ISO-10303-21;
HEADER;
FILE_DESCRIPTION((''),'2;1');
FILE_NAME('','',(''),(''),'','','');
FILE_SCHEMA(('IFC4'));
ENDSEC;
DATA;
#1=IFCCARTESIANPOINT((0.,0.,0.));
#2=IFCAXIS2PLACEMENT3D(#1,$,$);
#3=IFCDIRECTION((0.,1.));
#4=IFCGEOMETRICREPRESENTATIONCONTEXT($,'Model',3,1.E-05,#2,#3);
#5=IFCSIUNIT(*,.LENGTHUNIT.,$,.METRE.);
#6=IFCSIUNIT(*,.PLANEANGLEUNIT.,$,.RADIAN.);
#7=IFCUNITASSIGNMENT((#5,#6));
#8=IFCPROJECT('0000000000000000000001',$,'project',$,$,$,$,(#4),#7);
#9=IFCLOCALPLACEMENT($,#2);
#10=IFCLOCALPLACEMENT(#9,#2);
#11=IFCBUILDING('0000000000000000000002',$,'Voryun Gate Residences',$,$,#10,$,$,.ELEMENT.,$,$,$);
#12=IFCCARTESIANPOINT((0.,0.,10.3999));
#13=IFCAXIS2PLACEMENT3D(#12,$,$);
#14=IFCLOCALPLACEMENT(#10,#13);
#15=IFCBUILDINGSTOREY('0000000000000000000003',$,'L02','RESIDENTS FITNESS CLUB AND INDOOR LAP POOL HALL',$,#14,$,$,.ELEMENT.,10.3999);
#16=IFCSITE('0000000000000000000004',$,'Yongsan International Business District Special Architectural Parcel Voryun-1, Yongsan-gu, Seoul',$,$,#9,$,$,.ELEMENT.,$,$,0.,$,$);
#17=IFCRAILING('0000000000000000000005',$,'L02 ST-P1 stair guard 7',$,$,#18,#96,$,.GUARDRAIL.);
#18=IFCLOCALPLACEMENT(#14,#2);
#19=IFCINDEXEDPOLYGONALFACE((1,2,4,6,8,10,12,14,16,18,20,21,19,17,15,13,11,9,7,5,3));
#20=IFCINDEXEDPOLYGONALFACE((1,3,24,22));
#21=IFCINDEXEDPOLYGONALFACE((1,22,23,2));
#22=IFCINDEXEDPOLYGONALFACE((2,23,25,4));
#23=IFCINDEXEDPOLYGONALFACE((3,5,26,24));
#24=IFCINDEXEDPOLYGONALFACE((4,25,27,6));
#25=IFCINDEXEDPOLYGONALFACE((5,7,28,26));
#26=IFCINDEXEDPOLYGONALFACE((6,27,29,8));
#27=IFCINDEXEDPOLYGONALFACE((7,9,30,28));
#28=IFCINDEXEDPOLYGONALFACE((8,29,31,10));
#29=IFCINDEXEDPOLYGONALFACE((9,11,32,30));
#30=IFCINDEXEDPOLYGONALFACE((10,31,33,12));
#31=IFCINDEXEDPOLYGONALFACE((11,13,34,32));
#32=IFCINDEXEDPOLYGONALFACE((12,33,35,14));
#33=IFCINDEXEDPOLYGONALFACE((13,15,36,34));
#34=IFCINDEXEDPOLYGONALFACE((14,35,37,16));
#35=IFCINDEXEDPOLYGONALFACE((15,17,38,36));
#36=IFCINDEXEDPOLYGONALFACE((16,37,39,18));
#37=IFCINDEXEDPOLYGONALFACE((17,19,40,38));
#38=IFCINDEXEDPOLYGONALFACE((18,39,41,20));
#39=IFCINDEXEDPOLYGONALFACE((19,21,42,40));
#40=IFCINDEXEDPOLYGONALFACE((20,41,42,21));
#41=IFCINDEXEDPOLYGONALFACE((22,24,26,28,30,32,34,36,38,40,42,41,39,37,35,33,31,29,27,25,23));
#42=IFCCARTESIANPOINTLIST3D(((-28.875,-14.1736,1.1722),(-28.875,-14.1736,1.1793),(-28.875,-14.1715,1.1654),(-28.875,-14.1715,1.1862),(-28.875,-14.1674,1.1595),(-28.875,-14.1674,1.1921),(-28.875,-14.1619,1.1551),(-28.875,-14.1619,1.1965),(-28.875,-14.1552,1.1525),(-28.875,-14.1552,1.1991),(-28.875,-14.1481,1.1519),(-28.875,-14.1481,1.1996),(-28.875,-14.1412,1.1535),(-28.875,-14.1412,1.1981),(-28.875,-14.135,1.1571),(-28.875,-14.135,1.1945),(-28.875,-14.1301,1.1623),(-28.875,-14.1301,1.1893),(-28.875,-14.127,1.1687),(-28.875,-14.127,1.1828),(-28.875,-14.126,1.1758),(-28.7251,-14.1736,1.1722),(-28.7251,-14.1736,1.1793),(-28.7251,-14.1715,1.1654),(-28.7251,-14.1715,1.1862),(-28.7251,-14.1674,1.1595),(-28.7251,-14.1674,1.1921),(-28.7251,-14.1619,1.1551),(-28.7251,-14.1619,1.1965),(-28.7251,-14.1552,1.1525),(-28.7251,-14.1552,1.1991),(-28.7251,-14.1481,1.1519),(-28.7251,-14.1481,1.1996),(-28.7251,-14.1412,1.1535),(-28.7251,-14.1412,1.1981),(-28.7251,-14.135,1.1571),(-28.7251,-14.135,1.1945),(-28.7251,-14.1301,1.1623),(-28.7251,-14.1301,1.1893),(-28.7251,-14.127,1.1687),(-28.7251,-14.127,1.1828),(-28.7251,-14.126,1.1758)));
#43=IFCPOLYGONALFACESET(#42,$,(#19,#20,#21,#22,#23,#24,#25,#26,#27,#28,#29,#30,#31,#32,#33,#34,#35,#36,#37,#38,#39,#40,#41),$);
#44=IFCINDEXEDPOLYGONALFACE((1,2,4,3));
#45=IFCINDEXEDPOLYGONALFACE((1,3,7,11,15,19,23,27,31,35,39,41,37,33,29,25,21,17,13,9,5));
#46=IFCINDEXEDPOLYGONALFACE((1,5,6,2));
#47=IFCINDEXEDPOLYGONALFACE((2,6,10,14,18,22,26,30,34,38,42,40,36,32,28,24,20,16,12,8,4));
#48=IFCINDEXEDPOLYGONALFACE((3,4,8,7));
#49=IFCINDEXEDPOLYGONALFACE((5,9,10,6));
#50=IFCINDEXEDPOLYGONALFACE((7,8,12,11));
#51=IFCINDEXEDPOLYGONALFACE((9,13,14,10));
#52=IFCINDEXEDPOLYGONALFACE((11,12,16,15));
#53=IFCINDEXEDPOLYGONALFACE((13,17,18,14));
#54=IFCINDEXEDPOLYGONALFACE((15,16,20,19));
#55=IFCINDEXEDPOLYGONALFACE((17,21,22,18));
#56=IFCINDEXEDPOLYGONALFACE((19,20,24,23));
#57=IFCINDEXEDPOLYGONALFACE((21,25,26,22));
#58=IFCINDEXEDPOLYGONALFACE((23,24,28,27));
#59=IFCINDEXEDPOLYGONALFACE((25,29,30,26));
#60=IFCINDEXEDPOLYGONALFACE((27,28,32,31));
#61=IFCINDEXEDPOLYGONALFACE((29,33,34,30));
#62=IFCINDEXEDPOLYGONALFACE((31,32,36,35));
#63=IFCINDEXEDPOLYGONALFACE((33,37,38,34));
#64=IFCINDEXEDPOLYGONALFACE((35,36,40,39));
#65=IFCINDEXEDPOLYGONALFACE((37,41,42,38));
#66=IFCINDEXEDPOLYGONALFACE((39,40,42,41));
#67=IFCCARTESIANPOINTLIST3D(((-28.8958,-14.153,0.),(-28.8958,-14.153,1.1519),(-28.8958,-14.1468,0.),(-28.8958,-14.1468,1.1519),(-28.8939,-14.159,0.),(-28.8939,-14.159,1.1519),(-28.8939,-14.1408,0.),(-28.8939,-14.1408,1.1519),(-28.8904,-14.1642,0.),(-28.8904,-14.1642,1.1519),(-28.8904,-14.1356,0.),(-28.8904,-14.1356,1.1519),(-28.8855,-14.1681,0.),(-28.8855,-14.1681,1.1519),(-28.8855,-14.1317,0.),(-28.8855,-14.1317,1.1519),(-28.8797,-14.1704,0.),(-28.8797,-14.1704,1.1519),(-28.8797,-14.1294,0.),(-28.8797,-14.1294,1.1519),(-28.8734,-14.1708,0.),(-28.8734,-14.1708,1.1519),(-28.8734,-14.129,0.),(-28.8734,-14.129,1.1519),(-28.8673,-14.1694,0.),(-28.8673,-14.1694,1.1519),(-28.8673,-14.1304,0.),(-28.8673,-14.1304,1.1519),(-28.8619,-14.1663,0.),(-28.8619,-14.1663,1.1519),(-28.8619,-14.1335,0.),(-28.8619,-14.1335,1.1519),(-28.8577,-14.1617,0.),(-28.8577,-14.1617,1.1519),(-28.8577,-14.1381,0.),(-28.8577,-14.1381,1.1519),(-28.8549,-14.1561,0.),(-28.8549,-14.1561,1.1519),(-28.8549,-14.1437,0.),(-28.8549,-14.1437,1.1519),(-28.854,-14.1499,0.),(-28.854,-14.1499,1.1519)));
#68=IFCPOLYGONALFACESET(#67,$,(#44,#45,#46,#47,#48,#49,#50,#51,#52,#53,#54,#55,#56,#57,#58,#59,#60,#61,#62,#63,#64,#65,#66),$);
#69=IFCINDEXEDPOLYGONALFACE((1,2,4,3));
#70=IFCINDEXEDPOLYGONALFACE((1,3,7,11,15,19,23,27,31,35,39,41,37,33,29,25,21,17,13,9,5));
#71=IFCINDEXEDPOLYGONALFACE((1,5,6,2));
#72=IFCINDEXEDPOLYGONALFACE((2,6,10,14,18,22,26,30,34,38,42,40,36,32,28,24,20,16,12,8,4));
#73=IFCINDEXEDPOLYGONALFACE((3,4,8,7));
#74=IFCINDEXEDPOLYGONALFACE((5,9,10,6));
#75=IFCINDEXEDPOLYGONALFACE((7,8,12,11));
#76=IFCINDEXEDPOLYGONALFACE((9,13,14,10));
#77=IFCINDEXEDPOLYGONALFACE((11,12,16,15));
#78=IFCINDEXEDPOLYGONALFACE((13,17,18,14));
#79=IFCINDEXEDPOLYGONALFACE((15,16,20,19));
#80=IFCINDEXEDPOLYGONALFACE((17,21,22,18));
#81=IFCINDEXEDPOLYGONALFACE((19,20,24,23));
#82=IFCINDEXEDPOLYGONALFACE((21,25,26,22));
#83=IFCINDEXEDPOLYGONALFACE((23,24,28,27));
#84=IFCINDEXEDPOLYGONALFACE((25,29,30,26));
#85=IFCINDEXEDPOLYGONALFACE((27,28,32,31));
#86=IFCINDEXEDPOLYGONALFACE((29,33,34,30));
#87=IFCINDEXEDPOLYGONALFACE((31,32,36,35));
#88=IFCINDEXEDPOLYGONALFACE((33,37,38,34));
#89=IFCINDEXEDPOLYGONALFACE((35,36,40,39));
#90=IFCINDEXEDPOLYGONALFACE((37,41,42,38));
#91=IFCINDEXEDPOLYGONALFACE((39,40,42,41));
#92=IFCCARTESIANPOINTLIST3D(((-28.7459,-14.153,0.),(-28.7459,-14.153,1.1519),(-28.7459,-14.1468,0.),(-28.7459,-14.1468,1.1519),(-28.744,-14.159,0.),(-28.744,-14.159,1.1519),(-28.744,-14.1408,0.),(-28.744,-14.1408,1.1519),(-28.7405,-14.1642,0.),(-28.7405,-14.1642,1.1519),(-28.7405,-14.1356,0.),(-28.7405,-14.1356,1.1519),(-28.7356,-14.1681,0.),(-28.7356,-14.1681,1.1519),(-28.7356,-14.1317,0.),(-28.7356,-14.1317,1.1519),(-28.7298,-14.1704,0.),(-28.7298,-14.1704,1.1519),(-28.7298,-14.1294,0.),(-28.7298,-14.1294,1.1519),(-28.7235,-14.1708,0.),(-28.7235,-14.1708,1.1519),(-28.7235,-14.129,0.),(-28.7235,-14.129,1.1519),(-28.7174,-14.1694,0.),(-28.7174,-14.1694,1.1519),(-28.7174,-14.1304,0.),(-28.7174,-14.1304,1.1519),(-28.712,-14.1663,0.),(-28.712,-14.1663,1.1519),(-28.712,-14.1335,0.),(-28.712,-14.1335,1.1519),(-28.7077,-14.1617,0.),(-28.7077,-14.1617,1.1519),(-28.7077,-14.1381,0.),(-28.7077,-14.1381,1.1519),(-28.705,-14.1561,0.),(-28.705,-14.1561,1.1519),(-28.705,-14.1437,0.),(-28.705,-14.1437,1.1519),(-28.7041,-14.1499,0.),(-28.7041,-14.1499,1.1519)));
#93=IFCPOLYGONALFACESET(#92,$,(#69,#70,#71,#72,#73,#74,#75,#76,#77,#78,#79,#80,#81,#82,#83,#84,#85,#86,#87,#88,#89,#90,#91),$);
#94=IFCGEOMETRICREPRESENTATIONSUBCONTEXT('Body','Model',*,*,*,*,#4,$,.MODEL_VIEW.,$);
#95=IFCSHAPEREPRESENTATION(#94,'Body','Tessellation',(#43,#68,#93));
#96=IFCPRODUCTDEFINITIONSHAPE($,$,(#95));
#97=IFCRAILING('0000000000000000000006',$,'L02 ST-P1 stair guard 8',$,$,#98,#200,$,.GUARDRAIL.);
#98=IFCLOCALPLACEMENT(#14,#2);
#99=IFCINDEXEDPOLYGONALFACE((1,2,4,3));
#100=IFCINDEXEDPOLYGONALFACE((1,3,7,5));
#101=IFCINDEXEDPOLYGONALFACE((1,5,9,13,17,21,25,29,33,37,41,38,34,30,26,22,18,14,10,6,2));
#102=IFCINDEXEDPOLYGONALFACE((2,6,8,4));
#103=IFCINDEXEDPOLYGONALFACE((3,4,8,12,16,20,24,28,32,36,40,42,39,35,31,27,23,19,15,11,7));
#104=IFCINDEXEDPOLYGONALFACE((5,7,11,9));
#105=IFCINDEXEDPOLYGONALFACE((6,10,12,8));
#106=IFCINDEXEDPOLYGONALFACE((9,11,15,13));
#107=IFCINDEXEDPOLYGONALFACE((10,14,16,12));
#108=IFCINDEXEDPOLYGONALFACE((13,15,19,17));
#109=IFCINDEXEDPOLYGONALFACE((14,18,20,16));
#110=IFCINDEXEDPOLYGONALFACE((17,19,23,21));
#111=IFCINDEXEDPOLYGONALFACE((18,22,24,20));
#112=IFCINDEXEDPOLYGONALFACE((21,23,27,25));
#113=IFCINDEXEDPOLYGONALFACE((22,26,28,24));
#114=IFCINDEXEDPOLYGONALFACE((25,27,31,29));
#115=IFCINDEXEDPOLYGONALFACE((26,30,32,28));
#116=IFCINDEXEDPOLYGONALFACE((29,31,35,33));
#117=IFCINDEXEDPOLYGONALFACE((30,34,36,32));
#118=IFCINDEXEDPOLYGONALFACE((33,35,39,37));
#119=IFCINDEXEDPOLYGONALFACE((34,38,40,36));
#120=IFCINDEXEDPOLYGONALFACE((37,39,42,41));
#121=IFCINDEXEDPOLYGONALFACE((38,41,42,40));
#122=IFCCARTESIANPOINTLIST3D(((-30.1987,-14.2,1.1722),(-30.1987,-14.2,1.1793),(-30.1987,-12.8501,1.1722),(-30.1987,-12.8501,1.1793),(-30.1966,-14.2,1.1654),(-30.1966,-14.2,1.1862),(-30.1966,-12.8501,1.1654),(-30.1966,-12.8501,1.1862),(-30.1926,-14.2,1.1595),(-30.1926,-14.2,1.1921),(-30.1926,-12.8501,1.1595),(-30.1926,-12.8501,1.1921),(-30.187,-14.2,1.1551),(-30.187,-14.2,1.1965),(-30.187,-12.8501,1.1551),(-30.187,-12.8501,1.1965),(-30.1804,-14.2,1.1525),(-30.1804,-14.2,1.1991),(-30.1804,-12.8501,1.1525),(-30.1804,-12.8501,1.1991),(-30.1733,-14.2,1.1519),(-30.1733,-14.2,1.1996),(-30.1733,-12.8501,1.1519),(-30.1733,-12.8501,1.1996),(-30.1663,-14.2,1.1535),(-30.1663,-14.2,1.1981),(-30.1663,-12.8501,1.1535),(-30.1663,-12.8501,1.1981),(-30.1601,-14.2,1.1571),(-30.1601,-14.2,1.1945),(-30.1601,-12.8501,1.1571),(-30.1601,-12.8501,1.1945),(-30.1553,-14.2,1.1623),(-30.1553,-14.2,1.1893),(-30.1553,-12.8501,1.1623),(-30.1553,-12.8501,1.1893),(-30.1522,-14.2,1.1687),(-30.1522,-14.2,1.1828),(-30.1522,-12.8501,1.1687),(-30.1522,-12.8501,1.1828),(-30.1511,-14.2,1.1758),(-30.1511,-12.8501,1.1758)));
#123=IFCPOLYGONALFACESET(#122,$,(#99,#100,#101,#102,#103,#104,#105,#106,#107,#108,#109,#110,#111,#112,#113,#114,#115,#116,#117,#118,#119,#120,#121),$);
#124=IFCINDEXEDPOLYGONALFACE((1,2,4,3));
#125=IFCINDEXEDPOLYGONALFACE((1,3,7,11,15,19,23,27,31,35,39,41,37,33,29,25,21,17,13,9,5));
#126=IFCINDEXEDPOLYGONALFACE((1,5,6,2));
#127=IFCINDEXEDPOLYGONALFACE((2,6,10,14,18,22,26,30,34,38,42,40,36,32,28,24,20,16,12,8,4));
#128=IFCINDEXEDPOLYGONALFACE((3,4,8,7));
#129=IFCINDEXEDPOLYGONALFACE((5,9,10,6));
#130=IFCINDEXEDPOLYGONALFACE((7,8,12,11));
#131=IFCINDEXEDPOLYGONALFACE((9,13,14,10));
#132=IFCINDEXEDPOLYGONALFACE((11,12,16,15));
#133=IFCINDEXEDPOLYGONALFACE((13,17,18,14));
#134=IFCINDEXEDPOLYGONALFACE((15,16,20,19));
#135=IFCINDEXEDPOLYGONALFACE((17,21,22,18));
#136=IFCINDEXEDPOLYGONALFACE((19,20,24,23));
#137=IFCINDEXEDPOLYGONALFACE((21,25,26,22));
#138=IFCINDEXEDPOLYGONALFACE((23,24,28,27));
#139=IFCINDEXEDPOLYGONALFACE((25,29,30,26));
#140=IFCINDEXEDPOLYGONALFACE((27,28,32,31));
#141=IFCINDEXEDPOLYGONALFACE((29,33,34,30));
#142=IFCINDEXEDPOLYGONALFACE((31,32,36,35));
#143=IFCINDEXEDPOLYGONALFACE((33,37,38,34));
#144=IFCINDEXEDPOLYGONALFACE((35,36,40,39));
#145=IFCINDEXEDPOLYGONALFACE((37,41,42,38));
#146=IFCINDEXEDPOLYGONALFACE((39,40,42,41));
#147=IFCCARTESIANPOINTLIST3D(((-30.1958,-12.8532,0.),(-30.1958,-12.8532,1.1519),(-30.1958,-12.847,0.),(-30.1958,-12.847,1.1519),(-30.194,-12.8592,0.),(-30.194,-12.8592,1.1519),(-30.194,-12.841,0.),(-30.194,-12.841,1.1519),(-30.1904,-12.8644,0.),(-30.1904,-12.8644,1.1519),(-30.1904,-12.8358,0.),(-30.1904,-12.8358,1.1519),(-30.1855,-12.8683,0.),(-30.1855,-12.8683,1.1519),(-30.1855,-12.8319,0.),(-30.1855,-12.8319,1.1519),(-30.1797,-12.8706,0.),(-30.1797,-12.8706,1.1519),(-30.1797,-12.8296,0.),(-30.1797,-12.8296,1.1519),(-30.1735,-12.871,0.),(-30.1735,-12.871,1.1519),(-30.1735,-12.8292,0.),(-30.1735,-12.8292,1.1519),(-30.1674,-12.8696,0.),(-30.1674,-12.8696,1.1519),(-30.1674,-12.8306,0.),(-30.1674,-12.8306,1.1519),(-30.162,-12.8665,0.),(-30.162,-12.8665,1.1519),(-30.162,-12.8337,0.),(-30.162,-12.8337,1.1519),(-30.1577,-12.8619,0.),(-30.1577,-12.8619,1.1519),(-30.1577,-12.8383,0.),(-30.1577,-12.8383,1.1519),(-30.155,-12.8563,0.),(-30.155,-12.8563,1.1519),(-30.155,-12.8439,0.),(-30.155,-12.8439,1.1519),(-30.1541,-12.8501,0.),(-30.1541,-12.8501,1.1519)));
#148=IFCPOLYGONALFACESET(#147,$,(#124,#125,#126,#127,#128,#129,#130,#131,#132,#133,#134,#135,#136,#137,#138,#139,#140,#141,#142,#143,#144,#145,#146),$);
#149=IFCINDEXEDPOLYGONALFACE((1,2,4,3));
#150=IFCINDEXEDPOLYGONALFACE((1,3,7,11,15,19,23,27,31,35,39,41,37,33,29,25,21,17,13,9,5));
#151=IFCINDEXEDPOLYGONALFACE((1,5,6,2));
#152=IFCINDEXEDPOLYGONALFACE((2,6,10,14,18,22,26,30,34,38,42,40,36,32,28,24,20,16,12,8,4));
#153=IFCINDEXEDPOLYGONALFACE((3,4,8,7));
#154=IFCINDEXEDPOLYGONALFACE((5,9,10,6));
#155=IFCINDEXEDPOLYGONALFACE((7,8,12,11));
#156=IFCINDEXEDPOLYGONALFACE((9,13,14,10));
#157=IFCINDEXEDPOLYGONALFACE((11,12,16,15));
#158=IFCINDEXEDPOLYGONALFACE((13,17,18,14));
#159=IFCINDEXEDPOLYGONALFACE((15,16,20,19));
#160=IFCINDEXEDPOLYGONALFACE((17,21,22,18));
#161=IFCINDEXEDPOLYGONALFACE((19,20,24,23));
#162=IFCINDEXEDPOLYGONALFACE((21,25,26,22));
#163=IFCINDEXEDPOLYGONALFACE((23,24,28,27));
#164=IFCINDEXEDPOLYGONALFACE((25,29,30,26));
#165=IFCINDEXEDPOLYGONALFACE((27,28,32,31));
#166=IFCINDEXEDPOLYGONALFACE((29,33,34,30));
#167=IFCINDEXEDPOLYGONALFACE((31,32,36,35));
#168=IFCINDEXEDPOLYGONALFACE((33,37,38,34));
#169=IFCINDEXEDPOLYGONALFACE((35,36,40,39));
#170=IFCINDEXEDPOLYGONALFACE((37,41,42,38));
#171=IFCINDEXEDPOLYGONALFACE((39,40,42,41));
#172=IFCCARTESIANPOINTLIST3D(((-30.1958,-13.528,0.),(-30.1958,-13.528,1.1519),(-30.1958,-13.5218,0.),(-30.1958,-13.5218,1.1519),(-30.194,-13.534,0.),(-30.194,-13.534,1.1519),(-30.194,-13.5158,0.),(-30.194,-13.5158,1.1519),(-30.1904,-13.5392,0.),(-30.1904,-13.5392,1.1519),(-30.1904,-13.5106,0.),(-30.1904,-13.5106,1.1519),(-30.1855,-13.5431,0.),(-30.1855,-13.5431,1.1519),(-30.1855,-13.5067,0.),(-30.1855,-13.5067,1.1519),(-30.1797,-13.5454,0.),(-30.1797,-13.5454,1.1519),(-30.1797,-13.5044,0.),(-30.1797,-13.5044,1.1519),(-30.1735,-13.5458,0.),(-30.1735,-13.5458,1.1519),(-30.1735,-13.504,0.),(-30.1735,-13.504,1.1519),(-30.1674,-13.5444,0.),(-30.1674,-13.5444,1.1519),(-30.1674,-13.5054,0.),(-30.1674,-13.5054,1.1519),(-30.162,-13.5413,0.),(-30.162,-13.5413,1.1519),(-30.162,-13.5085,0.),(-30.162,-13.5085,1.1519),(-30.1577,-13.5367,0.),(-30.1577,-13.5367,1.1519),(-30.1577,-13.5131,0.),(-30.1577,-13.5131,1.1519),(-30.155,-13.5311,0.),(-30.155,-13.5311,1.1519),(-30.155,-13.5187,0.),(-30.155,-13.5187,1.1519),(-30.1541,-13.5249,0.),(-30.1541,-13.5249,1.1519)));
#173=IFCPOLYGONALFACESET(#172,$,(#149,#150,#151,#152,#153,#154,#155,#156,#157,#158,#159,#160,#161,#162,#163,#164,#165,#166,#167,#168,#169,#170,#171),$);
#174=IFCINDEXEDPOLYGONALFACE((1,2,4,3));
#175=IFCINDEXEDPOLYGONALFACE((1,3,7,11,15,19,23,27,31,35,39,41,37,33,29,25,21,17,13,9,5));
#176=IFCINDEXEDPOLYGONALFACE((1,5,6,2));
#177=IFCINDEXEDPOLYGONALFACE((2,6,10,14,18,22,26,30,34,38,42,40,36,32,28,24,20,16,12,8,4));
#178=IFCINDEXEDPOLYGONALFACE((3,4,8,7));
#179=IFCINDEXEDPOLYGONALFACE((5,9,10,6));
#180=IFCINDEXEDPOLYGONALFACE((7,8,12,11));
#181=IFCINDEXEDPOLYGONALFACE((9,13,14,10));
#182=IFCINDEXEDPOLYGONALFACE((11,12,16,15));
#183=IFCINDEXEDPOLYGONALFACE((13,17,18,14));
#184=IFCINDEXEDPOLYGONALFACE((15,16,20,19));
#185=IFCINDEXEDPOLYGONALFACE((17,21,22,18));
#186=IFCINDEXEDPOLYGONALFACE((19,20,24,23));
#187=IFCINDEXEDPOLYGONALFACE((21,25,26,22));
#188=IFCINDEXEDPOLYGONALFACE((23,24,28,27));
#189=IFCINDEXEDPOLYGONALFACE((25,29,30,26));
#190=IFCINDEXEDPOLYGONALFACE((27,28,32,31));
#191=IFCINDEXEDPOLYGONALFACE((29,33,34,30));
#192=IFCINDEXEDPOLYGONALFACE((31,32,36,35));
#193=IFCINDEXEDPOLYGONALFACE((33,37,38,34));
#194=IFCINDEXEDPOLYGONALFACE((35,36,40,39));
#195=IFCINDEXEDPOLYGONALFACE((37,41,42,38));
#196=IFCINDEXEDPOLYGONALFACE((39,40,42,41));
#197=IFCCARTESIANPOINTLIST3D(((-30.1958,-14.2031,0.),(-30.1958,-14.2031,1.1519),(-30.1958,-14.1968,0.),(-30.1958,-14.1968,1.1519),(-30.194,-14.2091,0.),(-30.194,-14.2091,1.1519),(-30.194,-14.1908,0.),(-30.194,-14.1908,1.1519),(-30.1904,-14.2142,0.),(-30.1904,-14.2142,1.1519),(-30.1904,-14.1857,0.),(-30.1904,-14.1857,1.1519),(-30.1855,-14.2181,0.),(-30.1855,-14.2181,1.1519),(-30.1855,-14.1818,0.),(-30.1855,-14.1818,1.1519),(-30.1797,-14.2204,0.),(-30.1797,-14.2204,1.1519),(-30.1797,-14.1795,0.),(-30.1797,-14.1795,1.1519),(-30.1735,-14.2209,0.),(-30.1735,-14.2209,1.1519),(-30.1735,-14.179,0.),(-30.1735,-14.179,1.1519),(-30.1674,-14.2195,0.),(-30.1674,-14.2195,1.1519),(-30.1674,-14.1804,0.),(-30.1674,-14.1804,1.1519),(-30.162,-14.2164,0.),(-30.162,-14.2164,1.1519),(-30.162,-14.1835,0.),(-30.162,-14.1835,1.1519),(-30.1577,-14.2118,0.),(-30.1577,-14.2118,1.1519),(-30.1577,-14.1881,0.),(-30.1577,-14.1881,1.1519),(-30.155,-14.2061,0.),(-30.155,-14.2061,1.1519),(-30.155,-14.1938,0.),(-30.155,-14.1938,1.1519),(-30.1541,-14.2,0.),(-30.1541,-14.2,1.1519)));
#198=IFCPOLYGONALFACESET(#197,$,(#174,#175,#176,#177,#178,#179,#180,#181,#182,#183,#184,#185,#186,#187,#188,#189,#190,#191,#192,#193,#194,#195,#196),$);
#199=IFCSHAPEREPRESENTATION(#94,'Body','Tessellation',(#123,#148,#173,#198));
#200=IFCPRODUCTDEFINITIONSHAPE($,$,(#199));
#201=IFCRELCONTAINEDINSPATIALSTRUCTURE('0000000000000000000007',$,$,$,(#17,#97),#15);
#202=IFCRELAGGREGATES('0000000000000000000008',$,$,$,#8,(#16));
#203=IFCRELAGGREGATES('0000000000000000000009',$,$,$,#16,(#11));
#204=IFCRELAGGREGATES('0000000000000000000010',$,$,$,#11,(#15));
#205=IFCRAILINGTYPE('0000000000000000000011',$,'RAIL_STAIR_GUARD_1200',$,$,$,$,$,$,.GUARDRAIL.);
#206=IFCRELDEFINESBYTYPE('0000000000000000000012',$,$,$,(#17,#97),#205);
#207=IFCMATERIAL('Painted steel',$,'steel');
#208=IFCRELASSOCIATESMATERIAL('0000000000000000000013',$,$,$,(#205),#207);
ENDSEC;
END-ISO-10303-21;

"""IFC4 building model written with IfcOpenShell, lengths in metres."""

from ifc_helpers import new_model, si_unit, direction, frame, origin, origin_2d, place, context, subcontext, project, spatial, circle, extrude, material, type_object, element, save


model = new_model("IFC4")

# Units and contexts
model_context = context("Model", 3, precision=1e-05, world=origin(), true_north=direction((0.0, 1.0)))
body_context = subcontext(model_context, "Body", "Model", "MODEL_VIEW")
ifc_project = project(units=[si_unit("LENGTHUNIT", "METRE"), si_unit("PLANEANGLEUNIT", "RADIAN")], contexts=[model_context])

# Site, building, storey
site_placement = place(None, origin())
site = spatial("IfcSite", under=ifc_project, at=site_placement, Name="Yongsan International Business District Special Architectural Parcel Voryun-1, Yongsan-gu, Seoul", CompositionType="ELEMENT", RefElevation=0.0)
building_placement = place(site_placement, origin())
building = spatial("IfcBuilding", under=site, at=building_placement, Name="Voryun Gate Residences", CompositionType="ELEMENT")
storey_placement = place(building_placement, frame((0.0, 0.0, 10.3999)))
storey = spatial("IfcBuildingStorey", under=building, at=storey_placement, Name="L02", Description="RESIDENTS FITNESS CLUB AND INDOOR LAP POOL HALL", CompositionType="ELEMENT", Elevation=10.3999)

# Railings
ifc_material_1 = material(Name="Painted steel", Category="steel")
railing_type = type_object("IfcRailingType", Name="RAIL_STAIR_GUARD_1200", PredefinedType="GUARDRAIL", material=ifc_material_1)
railing_1_placement = place(storey_placement, frame((-28.875, -14.1499, 0.0)))
element("IfcRailing", 1, at=railing_1_placement, inside=storey, type_object=railing_type, Name="L02 ST-P1 stair guard 7", PredefinedType="GUARDRAIL", context=body_context, shape_type="SweptSolid", body=[
    extrude(circle(Radius=0.0239, at=origin_2d()), frame((0.0, 0.0, 1.1758), z_axis=(1.0, 0.0, 0.0), x_axis=(0.0, 1.0, 0.0)), (0.0, 0.0, 1.0), 0.1499),
    extrude(circle(Radius=0.021, at=origin_2d()), origin(), (0.0, 0.0, 1.0), 1.1519),
    extrude(circle(Radius=0.021, at=origin_2d()), frame((0.1499, 0.0, 0.0)), (0.0, 0.0, 1.0), 1.1519),
])
for number, where, name in (
    (2, (-30.175, -12.8501, 0.0), "L02 ST-P1 stair guard 8"),
):
    element("IfcRailing", number, at=place(storey_placement, frame(where)), inside=storey, type_object=railing_type, Name=name, PredefinedType="GUARDRAIL", context=body_context, shape_type="SweptSolid", body=[
        extrude(circle(Radius=0.0239, at=origin_2d()), frame((0.0, 0.0, 1.1758), z_axis=(0.0, -1.0, 0.0), x_axis=(1.0, 0.0, 0.0)), (0.0, 0.0, 1.0), 1.3499),
        extrude(circle(Radius=0.021, at=origin_2d()), origin(), (0.0, 0.0, 1.0), 1.1519),
        extrude(circle(Radius=0.021, at=origin_2d()), frame((0.0, -0.6748, 0.0)), (0.0, 0.0, 1.0), 1.1519),
        extrude(circle(Radius=0.021, at=origin_2d()), frame((0.0, -1.3499, 0.0)), (0.0, 0.0, 1.0), 1.1519),
    ])

save(model, "model.ifc")
